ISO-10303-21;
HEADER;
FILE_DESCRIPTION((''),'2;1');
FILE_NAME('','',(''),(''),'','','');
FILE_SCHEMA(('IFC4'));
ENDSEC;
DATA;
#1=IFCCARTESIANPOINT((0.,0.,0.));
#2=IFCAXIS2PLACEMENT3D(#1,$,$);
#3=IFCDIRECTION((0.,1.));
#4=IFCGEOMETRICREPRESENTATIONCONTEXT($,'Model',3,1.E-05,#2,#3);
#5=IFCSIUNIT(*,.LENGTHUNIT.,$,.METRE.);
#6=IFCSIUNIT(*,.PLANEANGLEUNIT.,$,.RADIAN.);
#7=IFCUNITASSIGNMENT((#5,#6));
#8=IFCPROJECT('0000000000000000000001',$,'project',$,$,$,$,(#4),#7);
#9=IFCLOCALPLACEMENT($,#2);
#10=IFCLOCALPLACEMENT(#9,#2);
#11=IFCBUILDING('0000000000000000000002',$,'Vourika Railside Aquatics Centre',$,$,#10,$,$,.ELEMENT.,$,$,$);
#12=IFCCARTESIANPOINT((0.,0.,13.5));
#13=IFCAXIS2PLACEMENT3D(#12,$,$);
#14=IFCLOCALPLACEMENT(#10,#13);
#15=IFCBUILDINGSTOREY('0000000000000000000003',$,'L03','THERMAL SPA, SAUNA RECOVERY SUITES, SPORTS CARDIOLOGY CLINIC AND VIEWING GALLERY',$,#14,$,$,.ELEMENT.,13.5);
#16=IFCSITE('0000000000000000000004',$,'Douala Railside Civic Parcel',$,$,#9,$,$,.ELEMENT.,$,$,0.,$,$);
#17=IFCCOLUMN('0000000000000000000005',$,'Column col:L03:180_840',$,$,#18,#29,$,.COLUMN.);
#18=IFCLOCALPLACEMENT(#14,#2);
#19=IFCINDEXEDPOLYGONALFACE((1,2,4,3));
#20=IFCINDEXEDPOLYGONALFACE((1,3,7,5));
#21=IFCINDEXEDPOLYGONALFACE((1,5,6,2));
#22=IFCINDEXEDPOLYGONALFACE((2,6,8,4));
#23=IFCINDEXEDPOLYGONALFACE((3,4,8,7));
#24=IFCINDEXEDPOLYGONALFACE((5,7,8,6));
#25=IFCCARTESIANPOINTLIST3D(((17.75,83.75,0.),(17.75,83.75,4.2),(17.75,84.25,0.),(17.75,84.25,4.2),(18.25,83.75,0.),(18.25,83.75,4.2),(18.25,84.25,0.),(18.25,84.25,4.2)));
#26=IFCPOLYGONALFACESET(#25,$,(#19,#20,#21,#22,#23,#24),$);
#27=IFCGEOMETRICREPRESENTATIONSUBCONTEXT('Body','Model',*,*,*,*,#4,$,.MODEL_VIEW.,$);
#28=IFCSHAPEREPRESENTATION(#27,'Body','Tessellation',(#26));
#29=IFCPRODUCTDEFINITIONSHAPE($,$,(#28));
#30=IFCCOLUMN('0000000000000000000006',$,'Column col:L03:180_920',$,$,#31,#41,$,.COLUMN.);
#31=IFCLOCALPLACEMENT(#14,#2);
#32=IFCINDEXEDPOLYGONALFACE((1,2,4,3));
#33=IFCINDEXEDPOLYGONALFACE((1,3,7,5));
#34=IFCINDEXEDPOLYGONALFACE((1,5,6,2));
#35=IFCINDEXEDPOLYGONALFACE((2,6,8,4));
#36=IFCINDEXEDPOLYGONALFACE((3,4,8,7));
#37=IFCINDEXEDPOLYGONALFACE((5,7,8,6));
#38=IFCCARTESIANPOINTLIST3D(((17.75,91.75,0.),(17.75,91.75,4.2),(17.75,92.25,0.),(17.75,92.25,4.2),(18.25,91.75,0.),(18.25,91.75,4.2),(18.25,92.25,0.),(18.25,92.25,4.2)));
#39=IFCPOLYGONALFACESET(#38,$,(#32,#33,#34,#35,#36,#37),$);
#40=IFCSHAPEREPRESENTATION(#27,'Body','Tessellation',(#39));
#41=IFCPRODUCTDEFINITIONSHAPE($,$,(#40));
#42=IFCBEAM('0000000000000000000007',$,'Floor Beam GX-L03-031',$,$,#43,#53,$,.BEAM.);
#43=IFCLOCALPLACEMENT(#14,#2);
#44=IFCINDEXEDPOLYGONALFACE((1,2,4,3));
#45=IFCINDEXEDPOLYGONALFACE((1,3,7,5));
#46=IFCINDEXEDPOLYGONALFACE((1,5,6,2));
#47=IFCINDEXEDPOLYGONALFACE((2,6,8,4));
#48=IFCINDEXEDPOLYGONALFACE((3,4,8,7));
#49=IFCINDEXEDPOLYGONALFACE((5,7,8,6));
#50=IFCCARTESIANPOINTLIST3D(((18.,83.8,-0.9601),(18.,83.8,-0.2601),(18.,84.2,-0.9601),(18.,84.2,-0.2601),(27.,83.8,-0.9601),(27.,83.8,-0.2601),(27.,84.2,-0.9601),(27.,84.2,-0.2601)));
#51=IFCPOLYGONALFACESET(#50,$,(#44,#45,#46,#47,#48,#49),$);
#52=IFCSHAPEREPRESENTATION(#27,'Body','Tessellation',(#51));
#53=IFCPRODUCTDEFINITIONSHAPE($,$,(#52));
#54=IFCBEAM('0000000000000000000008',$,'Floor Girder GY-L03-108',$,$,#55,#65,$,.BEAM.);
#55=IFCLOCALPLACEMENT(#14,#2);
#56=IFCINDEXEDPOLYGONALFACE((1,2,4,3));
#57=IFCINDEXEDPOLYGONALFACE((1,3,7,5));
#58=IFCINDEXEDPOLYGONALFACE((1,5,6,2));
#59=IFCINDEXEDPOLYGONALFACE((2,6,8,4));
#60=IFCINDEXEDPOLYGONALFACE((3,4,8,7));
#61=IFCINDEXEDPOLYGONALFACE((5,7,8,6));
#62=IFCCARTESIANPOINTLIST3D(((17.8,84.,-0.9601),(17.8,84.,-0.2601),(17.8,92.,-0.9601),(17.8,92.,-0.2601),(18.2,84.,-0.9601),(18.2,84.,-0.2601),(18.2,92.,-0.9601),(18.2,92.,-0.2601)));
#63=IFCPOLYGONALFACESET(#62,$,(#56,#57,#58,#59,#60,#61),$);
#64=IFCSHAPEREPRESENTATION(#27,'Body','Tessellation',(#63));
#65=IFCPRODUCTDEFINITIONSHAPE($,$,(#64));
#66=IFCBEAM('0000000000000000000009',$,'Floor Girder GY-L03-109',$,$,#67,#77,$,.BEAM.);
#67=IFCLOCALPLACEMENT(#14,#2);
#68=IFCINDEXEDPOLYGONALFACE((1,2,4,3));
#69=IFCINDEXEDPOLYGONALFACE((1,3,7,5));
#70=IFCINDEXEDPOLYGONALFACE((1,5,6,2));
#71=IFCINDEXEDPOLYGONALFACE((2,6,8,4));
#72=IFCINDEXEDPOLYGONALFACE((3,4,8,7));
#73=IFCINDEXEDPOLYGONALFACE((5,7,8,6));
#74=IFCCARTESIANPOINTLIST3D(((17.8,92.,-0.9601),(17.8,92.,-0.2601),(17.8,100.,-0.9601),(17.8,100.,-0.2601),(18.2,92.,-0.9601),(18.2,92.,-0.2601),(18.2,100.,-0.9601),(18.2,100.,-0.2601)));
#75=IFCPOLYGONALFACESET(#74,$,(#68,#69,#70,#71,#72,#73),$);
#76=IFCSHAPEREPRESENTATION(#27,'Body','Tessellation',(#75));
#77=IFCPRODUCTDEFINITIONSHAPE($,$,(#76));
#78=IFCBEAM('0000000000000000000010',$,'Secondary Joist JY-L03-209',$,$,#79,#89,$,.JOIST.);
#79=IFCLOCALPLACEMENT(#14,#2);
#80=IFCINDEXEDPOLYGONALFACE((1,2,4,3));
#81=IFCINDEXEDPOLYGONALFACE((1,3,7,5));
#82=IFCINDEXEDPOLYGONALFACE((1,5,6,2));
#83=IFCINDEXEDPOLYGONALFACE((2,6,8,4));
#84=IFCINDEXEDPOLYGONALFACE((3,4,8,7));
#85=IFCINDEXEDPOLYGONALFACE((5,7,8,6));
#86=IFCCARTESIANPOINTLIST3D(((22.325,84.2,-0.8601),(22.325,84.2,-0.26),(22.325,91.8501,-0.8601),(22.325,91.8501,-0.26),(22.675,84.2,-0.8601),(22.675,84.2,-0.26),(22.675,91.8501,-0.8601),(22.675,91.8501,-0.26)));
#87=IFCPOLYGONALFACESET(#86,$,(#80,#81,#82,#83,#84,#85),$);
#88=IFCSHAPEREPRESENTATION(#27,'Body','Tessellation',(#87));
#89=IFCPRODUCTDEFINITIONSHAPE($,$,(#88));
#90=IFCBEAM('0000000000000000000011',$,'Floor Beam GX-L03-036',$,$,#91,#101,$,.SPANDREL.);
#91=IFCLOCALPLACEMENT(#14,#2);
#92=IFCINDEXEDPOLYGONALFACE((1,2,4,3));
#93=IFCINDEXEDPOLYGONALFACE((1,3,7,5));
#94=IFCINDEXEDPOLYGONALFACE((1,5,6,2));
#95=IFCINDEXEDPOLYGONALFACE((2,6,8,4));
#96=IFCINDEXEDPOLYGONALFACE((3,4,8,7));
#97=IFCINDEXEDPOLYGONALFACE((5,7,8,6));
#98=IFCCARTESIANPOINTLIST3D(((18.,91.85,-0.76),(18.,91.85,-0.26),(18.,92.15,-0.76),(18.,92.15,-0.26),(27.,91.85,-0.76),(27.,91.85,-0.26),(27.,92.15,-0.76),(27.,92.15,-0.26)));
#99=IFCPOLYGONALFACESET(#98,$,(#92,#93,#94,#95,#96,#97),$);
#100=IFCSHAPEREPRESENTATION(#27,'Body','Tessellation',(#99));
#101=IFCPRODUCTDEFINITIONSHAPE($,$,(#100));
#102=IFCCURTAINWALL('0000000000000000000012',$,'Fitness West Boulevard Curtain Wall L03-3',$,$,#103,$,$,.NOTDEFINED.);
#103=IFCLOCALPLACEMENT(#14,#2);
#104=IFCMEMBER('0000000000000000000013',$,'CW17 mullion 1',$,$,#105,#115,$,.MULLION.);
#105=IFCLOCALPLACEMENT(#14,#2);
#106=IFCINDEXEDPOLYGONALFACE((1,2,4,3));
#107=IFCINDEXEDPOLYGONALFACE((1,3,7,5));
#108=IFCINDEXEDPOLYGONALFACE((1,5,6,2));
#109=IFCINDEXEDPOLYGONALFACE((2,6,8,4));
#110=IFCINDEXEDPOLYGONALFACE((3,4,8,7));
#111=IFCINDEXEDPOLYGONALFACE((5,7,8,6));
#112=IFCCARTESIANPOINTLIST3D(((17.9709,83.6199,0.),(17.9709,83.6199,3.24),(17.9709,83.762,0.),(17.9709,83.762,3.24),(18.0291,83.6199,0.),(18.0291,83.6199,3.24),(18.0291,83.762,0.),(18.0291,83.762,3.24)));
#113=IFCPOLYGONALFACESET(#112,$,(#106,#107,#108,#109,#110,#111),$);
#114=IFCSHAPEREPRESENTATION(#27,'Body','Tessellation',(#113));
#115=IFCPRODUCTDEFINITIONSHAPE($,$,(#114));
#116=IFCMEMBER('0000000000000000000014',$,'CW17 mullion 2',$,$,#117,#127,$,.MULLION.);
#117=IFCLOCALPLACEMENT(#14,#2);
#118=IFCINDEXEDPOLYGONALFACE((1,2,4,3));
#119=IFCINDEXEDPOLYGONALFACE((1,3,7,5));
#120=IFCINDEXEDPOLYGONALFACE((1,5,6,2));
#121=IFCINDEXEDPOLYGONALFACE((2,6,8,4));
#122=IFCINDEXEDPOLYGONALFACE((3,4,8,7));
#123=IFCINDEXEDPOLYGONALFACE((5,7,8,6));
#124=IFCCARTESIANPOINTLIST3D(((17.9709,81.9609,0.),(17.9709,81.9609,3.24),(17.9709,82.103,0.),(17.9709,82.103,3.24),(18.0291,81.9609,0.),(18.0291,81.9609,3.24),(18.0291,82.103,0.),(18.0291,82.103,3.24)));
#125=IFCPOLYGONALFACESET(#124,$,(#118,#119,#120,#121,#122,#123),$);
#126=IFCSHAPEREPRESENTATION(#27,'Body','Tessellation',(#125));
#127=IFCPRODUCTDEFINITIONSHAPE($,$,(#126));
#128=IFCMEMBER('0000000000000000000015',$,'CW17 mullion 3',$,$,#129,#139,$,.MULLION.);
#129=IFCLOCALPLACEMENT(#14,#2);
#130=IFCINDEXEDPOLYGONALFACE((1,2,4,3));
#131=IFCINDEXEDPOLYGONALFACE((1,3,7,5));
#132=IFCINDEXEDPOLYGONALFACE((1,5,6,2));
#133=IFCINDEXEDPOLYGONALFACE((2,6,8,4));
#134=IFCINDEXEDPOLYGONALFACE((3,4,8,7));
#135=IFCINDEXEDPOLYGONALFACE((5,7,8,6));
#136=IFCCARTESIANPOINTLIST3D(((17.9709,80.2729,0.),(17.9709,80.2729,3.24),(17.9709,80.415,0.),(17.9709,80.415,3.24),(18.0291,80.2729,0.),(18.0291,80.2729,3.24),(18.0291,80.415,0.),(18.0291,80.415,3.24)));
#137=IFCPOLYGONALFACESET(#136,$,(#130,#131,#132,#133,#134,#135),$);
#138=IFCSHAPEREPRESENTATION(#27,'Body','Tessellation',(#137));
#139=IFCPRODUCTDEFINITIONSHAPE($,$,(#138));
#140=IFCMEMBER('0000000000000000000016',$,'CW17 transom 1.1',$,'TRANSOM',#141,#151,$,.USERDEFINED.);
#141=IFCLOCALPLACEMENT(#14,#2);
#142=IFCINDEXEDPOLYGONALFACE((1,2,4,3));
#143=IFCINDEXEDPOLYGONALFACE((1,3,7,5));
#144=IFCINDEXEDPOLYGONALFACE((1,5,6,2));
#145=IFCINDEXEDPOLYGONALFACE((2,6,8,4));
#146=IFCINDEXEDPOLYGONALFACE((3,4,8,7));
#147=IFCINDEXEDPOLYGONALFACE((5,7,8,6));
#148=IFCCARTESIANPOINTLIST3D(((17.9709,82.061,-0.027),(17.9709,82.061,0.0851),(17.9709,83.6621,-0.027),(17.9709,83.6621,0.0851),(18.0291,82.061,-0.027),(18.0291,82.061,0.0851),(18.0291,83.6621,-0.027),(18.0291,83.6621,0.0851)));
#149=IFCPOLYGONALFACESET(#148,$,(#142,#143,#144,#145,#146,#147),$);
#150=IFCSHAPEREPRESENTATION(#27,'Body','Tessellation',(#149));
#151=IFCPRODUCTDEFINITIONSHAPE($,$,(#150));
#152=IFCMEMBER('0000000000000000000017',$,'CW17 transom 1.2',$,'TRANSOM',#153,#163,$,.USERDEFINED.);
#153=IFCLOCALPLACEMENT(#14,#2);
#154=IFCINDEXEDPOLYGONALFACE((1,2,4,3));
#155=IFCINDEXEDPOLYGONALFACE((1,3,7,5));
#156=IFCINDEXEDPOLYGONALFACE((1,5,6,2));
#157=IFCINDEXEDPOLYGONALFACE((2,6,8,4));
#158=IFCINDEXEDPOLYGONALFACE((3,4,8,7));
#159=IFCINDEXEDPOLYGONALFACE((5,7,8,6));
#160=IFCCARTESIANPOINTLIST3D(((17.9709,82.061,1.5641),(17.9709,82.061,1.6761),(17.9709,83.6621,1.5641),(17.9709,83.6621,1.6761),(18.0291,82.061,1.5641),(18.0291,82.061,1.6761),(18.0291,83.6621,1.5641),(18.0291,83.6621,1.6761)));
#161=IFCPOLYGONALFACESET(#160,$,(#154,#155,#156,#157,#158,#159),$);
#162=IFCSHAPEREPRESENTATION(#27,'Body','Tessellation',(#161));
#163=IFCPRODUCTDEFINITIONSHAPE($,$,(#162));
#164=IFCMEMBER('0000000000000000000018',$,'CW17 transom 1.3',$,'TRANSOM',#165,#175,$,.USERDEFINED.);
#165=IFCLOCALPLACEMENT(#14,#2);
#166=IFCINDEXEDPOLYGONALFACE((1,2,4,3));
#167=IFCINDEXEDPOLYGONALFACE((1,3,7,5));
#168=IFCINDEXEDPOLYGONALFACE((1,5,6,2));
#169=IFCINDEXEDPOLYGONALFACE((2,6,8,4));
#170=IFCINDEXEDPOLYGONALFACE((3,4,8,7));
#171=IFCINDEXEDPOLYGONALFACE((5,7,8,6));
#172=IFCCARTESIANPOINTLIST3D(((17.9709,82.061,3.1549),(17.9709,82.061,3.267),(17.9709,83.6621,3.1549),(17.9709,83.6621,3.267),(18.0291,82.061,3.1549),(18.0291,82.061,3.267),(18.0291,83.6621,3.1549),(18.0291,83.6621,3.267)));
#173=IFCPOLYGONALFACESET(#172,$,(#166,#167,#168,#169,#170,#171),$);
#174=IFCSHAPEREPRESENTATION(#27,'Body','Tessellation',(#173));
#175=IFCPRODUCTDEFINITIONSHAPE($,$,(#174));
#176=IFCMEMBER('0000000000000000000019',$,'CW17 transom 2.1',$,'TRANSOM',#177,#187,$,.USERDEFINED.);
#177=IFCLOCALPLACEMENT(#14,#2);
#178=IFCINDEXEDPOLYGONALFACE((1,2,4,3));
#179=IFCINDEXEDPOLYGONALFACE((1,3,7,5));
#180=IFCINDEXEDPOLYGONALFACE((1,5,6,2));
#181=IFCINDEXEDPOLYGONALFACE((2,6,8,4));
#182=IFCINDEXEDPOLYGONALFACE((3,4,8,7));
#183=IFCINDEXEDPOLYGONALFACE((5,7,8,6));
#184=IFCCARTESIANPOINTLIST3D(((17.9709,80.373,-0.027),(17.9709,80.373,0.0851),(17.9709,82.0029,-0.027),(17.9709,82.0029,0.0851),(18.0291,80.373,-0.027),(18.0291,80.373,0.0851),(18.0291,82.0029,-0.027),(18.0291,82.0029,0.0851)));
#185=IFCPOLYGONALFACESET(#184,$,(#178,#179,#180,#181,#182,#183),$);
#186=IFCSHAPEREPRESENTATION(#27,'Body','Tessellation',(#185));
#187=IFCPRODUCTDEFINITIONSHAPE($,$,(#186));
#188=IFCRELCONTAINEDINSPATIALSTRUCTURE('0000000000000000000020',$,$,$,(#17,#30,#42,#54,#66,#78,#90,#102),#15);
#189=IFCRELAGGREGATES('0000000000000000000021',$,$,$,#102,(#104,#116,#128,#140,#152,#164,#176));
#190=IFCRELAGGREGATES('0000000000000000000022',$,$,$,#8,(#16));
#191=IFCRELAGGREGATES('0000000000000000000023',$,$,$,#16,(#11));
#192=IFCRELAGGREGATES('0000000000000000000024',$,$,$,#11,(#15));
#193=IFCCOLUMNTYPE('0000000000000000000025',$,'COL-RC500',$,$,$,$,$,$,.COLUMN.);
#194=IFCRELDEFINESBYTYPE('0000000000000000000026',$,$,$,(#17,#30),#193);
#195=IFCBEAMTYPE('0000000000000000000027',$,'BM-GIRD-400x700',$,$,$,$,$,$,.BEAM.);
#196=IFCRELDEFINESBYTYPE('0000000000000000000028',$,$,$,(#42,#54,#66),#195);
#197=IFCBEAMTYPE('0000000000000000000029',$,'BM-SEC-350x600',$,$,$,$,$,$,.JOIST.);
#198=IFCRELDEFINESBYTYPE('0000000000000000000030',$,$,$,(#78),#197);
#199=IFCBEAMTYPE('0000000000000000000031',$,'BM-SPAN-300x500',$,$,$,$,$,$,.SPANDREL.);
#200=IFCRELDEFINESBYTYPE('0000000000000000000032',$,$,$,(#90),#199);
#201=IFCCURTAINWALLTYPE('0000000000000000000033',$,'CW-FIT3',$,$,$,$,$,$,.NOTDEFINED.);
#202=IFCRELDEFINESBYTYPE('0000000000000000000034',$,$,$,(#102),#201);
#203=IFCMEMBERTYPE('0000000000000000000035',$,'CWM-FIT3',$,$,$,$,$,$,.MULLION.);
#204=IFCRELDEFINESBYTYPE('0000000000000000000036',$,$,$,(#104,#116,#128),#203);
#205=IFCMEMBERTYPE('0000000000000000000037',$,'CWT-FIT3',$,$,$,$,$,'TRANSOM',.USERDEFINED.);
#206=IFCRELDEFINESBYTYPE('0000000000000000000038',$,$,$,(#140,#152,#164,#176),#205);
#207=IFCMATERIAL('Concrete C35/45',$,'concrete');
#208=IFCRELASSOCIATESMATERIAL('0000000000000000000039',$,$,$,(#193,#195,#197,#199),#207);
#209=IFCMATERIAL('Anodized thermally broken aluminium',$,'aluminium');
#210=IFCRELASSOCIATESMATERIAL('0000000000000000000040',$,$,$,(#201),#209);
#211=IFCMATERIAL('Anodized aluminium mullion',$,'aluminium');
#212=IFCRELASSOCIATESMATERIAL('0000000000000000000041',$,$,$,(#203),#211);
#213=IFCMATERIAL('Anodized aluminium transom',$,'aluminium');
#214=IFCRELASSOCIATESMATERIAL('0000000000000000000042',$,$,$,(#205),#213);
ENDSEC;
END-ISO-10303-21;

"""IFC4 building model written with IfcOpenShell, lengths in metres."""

from ifc_helpers import new_model, si_unit, direction, frame, origin, origin_2d, place, context, subcontext, project, spatial, rectangle, extrude, material, material_profile, profile_set, type_object, element, aggregate, save


model = new_model("IFC4")

# Units and contexts
model_context = context("Model", 3, precision=1e-05, world=origin(), true_north=direction((0.0, 1.0)))
body_context = subcontext(model_context, "Body", "Model", "MODEL_VIEW")
ifc_project = project(units=[si_unit("LENGTHUNIT", "METRE"), si_unit("PLANEANGLEUNIT", "RADIAN")], contexts=[model_context])

# Site, building, storey
site_placement = place(None, origin())
site = spatial("IfcSite", under=ifc_project, at=site_placement, Name="Douala Railside Civic Parcel", CompositionType="ELEMENT", RefElevation=0.0)
building_placement = place(site_placement, origin())
building = spatial("IfcBuilding", under=site, at=building_placement, Name="Vourika Railside Aquatics Centre", CompositionType="ELEMENT")
storey_placement = place(building_placement, frame((0.0, 0.0, 13.5)))
storey = spatial("IfcBuildingStorey", under=building, at=storey_placement, Name="L03", Description="THERMAL SPA, SAUNA RECOVERY SUITES, SPORTS CARDIOLOGY CLINIC AND VIEWING GALLERY", CompositionType="ELEMENT", Elevation=13.5)

# Columns
ifc_material_1 = material(Name="Concrete C35/45", Category="concrete")
ifc_material_profile_1 = material_profile(ifc_material_1, rectangle(XDim=0.5, YDim=0.5, at=origin_2d()), Name="RC 500x500")
ifc_profile_set_1 = profile_set([ifc_material_profile_1], Name="Concrete C35/45")
column_type = type_object("IfcColumnType", Name="COL-RC500", PredefinedType="COLUMN", material=ifc_profile_set_1)
for number, where, z_axis, x_axis, name in (
    (1, (18.0, 84.0, 0.0), (0.0, 0.0, 1.0), (1.0, 0.0, 0.0), "Column col:L03:180_840"),
    (2, (18.0, 92.0, 0.0), (0.0, 0.0, 1.0), (1.0, 0.0, 0.0), "Column col:L03:180_920"),
):
    element("IfcColumn", number, at=place(storey_placement, frame(where, z_axis=z_axis, x_axis=x_axis)), inside=storey, type_object=column_type, Name=name, PredefinedType="COLUMN", context=body_context, shape_type="SweptSolid", body=[
        extrude(rectangle(XDim=0.5, YDim=0.5, at=origin_2d()), origin(), (0.0, 0.0, 1.0), 4.2),
    ])

# Beams
ifc_material_profile_2 = material_profile(ifc_material_1, rectangle(XDim=0.3999, YDim=0.7, at=origin_2d()), Name="RC 400x700")
ifc_profile_set_2 = profile_set([ifc_material_profile_2], Name="Concrete C35/45")
beam_type_1 = type_object("IfcBeamType", Name="BM-GIRD-400x700", PredefinedType="BEAM", material=ifc_profile_set_2)
beam_1_placement = place(storey_placement, frame((18.0, 84.0, -0.6101), z_axis=(1.0, 0.0, 0.0), x_axis=(0.0, 1.0, 0.0)))
element("IfcBeam", 3, at=beam_1_placement, inside=storey, type_object=beam_type_1, Name="Floor Beam GX-L03-031", PredefinedType="BEAM", context=body_context, shape_type="SweptSolid", body=[
    extrude(rectangle(XDim=0.3999, YDim=0.7, at=origin_2d()), origin(), (0.0, 0.0, 1.0), 9.0),
])
for number, where, z_axis, x_axis, name in (
    (4, (18.0, 84.0, -0.6101), (0.0, 1.0, 0.0), (-1.0, 0.0, 0.0), "Floor Girder GY-L03-108"),
    (5, (18.0, 92.0, -0.6101), (0.0, 1.0, 0.0), (-1.0, 0.0, 0.0), "Floor Girder GY-L03-109"),
):
    element("IfcBeam", number, at=place(storey_placement, frame(where, z_axis=z_axis, x_axis=x_axis)), inside=storey, type_object=beam_type_1, Name=name, PredefinedType="BEAM", context=body_context, shape_type="SweptSolid", body=[
        extrude(rectangle(XDim=0.3999, YDim=0.7, at=origin_2d()), origin(), (0.0, 0.0, 1.0), 8.0),
    ])
ifc_material_profile_3 = material_profile(ifc_material_1, rectangle(XDim=0.3501, YDim=0.6001, at=origin_2d()), Name="RC 350x600")
ifc_profile_set_3 = profile_set([ifc_material_profile_3], Name="Concrete C35/45")
beam_type_2 = type_object("IfcBeamType", Name="BM-SEC-350x600", PredefinedType="JOIST", material=ifc_profile_set_3)
beam_2_placement = place(storey_placement, frame((22.5, 84.2, -0.5601), z_axis=(0.0, 1.0, 0.0), x_axis=(-1.0, 0.0, 0.0)))
element("IfcBeam", 6, at=beam_2_placement, inside=storey, type_object=beam_type_2, Name="Secondary Joist JY-L03-209", PredefinedType="JOIST", context=body_context, shape_type="SweptSolid", body=[
    extrude(rectangle(XDim=0.3501, YDim=0.6001, at=origin_2d()), origin(), (0.0, 0.0, 1.0), 7.6501),
])
ifc_material_profile_4 = material_profile(ifc_material_1, rectangle(XDim=0.3, YDim=0.5, at=origin_2d()), Name="RC 300x500")
ifc_profile_set_4 = profile_set([ifc_material_profile_4], Name="Concrete C35/45")
beam_type_3 = type_object("IfcBeamType", Name="BM-SPAN-300x500", PredefinedType="SPANDREL", material=ifc_profile_set_4)
beam_3_placement = place(storey_placement, frame((18.0, 92.0, -0.51), z_axis=(1.0, 0.0, 0.0), x_axis=(0.0, 1.0, 0.0)))
element("IfcBeam", 7, at=beam_3_placement, inside=storey, type_object=beam_type_3, Name="Floor Beam GX-L03-036", PredefinedType="SPANDREL", context=body_context, shape_type="SweptSolid", body=[
    extrude(rectangle(XDim=0.3, YDim=0.5, at=origin_2d()), origin(), (0.0, 0.0, 1.0), 9.0),
])

# Curtain wall, members
ifc_material_2 = material(Name="Anodized thermally broken aluminium", Category="aluminium")
curtain_wall_type = type_object("IfcCurtainWallType", Name="CW-FIT3", PredefinedType="NOTDEFINED", material=ifc_material_2)
curtain_wall_placement = place(storey_placement, origin())
curtain_wall = element("IfcCurtainWall", 8, at=curtain_wall_placement, inside=storey, type_object=curtain_wall_type, Name="Fitness West Boulevard Curtain Wall L03-3", PredefinedType="NOTDEFINED")
ifc_material_3 = material(Name="Anodized aluminium mullion", Category="aluminium")
ifc_material_profile_5 = material_profile(ifc_material_3, rectangle(XDim=0.0581, YDim=0.1421, at=origin_2d()), Name="ALU-M 58x142")
ifc_profile_set_5 = profile_set([ifc_material_profile_5], Name="Anodized aluminium mullion")
member_type_1 = type_object("IfcMemberType", Name="CWM-FIT3", PredefinedType="MULLION", material=ifc_profile_set_5)
member_1_placement = place(storey_placement, frame((18.0, 83.6909, 0.0), z_axis=(0.0, 0.0, 1.0), x_axis=(1.0, 0.0, 0.0)))
member_1 = element("IfcMember", 9, at=member_1_placement, type_object=member_type_1, Name="CW17 mullion 1", PredefinedType="MULLION", context=body_context, shape_type="SweptSolid", body=[
    extrude(rectangle(XDim=0.0581, YDim=0.1421, at=origin_2d()), origin(), (0.0, 0.0, 1.0), 3.24),
])
member_2_placement = place(storey_placement, frame((18.0, 82.032, 0.0), z_axis=(0.0, 0.0, 1.0), x_axis=(1.0, 0.0, 0.0)))
member_2 = element("IfcMember", 10, at=member_2_placement, type_object=member_type_1, Name="CW17 mullion 2", PredefinedType="MULLION", context=body_context, shape_type="SweptSolid", body=[
    extrude(rectangle(XDim=0.0581, YDim=0.1421, at=origin_2d()), origin(), (0.0, 0.0, 1.0), 3.24),
])
member_3_placement = place(storey_placement, frame((18.0, 80.344, 0.0), z_axis=(0.0, 0.0, 1.0), x_axis=(1.0, 0.0, 0.0)))
member_3 = element("IfcMember", 11, at=member_3_placement, type_object=member_type_1, Name="CW17 mullion 3", PredefinedType="MULLION", context=body_context, shape_type="SweptSolid", body=[
    extrude(rectangle(XDim=0.0581, YDim=0.1421, at=origin_2d()), origin(), (0.0, 0.0, 1.0), 3.24),
])
ifc_material_4 = material(Name="Anodized aluminium transom", Category="aluminium")
ifc_material_profile_6 = material_profile(ifc_material_4, rectangle(XDim=0.0581, YDim=0.1121, at=origin_2d()), Name="ALU-T 58x112")
ifc_profile_set_6 = profile_set([ifc_material_profile_6], Name="Anodized aluminium transom")
member_type_2 = type_object("IfcMemberType", Name="CWT-FIT3", ElementType="TRANSOM", PredefinedType="USERDEFINED", material=ifc_profile_set_6)
member_4_placement = place(storey_placement, frame((18.0, 83.6621, 0.0291), z_axis=(0.0, -1.0, 0.0), x_axis=(1.0, 0.0, 0.0)))
member_4 = element("IfcMember", 12, at=member_4_placement, type_object=member_type_2, Name="CW17 transom 1.1", ObjectType="TRANSOM", PredefinedType="USERDEFINED", context=body_context, shape_type="SweptSolid", body=[
    extrude(rectangle(XDim=0.0581, YDim=0.1121, at=origin_2d()), origin(), (0.0, 0.0, 1.0), 1.6011),
])
member_5_placement = place(storey_placement, frame((18.0, 83.6621, 1.6201), z_axis=(0.0, -1.0, 0.0), x_axis=(1.0, 0.0, 0.0)))
member_5 = element("IfcMember", 13, at=member_5_placement, type_object=member_type_2, Name="CW17 transom 1.2", ObjectType="TRANSOM", PredefinedType="USERDEFINED", context=body_context, shape_type="SweptSolid", body=[
    extrude(rectangle(XDim=0.0581, YDim=0.1121, at=origin_2d()), origin(), (0.0, 0.0, 1.0), 1.6011),
])
member_6_placement = place(storey_placement, frame((18.0, 83.6621, 3.2109), z_axis=(0.0, -1.0, 0.0), x_axis=(1.0, 0.0, 0.0)))
member_6 = element("IfcMember", 14, at=member_6_placement, type_object=member_type_2, Name="CW17 transom 1.3", ObjectType="TRANSOM", PredefinedType="USERDEFINED", context=body_context, shape_type="SweptSolid", body=[
    extrude(rectangle(XDim=0.0581, YDim=0.1121, at=origin_2d()), origin(), (0.0, 0.0, 1.0), 1.6011),
])
member_7_placement = place(storey_placement, frame((18.0, 82.0029, 0.0291), z_axis=(0.0, -1.0, 0.0), x_axis=(1.0, 0.0, 0.0)))
member_7 = element("IfcMember", 15, at=member_7_placement, type_object=member_type_2, Name="CW17 transom 2.1", ObjectType="TRANSOM", PredefinedType="USERDEFINED", context=body_context, shape_type="SweptSolid", body=[
    extrude(rectangle(XDim=0.0581, YDim=0.1121, at=origin_2d()), origin(), (0.0, 0.0, 1.0), 1.6299),
])
aggregate(curtain_wall, [member_1, member_2, member_3, member_4, member_5, member_6, member_7])

save(model, "model.ifc")
